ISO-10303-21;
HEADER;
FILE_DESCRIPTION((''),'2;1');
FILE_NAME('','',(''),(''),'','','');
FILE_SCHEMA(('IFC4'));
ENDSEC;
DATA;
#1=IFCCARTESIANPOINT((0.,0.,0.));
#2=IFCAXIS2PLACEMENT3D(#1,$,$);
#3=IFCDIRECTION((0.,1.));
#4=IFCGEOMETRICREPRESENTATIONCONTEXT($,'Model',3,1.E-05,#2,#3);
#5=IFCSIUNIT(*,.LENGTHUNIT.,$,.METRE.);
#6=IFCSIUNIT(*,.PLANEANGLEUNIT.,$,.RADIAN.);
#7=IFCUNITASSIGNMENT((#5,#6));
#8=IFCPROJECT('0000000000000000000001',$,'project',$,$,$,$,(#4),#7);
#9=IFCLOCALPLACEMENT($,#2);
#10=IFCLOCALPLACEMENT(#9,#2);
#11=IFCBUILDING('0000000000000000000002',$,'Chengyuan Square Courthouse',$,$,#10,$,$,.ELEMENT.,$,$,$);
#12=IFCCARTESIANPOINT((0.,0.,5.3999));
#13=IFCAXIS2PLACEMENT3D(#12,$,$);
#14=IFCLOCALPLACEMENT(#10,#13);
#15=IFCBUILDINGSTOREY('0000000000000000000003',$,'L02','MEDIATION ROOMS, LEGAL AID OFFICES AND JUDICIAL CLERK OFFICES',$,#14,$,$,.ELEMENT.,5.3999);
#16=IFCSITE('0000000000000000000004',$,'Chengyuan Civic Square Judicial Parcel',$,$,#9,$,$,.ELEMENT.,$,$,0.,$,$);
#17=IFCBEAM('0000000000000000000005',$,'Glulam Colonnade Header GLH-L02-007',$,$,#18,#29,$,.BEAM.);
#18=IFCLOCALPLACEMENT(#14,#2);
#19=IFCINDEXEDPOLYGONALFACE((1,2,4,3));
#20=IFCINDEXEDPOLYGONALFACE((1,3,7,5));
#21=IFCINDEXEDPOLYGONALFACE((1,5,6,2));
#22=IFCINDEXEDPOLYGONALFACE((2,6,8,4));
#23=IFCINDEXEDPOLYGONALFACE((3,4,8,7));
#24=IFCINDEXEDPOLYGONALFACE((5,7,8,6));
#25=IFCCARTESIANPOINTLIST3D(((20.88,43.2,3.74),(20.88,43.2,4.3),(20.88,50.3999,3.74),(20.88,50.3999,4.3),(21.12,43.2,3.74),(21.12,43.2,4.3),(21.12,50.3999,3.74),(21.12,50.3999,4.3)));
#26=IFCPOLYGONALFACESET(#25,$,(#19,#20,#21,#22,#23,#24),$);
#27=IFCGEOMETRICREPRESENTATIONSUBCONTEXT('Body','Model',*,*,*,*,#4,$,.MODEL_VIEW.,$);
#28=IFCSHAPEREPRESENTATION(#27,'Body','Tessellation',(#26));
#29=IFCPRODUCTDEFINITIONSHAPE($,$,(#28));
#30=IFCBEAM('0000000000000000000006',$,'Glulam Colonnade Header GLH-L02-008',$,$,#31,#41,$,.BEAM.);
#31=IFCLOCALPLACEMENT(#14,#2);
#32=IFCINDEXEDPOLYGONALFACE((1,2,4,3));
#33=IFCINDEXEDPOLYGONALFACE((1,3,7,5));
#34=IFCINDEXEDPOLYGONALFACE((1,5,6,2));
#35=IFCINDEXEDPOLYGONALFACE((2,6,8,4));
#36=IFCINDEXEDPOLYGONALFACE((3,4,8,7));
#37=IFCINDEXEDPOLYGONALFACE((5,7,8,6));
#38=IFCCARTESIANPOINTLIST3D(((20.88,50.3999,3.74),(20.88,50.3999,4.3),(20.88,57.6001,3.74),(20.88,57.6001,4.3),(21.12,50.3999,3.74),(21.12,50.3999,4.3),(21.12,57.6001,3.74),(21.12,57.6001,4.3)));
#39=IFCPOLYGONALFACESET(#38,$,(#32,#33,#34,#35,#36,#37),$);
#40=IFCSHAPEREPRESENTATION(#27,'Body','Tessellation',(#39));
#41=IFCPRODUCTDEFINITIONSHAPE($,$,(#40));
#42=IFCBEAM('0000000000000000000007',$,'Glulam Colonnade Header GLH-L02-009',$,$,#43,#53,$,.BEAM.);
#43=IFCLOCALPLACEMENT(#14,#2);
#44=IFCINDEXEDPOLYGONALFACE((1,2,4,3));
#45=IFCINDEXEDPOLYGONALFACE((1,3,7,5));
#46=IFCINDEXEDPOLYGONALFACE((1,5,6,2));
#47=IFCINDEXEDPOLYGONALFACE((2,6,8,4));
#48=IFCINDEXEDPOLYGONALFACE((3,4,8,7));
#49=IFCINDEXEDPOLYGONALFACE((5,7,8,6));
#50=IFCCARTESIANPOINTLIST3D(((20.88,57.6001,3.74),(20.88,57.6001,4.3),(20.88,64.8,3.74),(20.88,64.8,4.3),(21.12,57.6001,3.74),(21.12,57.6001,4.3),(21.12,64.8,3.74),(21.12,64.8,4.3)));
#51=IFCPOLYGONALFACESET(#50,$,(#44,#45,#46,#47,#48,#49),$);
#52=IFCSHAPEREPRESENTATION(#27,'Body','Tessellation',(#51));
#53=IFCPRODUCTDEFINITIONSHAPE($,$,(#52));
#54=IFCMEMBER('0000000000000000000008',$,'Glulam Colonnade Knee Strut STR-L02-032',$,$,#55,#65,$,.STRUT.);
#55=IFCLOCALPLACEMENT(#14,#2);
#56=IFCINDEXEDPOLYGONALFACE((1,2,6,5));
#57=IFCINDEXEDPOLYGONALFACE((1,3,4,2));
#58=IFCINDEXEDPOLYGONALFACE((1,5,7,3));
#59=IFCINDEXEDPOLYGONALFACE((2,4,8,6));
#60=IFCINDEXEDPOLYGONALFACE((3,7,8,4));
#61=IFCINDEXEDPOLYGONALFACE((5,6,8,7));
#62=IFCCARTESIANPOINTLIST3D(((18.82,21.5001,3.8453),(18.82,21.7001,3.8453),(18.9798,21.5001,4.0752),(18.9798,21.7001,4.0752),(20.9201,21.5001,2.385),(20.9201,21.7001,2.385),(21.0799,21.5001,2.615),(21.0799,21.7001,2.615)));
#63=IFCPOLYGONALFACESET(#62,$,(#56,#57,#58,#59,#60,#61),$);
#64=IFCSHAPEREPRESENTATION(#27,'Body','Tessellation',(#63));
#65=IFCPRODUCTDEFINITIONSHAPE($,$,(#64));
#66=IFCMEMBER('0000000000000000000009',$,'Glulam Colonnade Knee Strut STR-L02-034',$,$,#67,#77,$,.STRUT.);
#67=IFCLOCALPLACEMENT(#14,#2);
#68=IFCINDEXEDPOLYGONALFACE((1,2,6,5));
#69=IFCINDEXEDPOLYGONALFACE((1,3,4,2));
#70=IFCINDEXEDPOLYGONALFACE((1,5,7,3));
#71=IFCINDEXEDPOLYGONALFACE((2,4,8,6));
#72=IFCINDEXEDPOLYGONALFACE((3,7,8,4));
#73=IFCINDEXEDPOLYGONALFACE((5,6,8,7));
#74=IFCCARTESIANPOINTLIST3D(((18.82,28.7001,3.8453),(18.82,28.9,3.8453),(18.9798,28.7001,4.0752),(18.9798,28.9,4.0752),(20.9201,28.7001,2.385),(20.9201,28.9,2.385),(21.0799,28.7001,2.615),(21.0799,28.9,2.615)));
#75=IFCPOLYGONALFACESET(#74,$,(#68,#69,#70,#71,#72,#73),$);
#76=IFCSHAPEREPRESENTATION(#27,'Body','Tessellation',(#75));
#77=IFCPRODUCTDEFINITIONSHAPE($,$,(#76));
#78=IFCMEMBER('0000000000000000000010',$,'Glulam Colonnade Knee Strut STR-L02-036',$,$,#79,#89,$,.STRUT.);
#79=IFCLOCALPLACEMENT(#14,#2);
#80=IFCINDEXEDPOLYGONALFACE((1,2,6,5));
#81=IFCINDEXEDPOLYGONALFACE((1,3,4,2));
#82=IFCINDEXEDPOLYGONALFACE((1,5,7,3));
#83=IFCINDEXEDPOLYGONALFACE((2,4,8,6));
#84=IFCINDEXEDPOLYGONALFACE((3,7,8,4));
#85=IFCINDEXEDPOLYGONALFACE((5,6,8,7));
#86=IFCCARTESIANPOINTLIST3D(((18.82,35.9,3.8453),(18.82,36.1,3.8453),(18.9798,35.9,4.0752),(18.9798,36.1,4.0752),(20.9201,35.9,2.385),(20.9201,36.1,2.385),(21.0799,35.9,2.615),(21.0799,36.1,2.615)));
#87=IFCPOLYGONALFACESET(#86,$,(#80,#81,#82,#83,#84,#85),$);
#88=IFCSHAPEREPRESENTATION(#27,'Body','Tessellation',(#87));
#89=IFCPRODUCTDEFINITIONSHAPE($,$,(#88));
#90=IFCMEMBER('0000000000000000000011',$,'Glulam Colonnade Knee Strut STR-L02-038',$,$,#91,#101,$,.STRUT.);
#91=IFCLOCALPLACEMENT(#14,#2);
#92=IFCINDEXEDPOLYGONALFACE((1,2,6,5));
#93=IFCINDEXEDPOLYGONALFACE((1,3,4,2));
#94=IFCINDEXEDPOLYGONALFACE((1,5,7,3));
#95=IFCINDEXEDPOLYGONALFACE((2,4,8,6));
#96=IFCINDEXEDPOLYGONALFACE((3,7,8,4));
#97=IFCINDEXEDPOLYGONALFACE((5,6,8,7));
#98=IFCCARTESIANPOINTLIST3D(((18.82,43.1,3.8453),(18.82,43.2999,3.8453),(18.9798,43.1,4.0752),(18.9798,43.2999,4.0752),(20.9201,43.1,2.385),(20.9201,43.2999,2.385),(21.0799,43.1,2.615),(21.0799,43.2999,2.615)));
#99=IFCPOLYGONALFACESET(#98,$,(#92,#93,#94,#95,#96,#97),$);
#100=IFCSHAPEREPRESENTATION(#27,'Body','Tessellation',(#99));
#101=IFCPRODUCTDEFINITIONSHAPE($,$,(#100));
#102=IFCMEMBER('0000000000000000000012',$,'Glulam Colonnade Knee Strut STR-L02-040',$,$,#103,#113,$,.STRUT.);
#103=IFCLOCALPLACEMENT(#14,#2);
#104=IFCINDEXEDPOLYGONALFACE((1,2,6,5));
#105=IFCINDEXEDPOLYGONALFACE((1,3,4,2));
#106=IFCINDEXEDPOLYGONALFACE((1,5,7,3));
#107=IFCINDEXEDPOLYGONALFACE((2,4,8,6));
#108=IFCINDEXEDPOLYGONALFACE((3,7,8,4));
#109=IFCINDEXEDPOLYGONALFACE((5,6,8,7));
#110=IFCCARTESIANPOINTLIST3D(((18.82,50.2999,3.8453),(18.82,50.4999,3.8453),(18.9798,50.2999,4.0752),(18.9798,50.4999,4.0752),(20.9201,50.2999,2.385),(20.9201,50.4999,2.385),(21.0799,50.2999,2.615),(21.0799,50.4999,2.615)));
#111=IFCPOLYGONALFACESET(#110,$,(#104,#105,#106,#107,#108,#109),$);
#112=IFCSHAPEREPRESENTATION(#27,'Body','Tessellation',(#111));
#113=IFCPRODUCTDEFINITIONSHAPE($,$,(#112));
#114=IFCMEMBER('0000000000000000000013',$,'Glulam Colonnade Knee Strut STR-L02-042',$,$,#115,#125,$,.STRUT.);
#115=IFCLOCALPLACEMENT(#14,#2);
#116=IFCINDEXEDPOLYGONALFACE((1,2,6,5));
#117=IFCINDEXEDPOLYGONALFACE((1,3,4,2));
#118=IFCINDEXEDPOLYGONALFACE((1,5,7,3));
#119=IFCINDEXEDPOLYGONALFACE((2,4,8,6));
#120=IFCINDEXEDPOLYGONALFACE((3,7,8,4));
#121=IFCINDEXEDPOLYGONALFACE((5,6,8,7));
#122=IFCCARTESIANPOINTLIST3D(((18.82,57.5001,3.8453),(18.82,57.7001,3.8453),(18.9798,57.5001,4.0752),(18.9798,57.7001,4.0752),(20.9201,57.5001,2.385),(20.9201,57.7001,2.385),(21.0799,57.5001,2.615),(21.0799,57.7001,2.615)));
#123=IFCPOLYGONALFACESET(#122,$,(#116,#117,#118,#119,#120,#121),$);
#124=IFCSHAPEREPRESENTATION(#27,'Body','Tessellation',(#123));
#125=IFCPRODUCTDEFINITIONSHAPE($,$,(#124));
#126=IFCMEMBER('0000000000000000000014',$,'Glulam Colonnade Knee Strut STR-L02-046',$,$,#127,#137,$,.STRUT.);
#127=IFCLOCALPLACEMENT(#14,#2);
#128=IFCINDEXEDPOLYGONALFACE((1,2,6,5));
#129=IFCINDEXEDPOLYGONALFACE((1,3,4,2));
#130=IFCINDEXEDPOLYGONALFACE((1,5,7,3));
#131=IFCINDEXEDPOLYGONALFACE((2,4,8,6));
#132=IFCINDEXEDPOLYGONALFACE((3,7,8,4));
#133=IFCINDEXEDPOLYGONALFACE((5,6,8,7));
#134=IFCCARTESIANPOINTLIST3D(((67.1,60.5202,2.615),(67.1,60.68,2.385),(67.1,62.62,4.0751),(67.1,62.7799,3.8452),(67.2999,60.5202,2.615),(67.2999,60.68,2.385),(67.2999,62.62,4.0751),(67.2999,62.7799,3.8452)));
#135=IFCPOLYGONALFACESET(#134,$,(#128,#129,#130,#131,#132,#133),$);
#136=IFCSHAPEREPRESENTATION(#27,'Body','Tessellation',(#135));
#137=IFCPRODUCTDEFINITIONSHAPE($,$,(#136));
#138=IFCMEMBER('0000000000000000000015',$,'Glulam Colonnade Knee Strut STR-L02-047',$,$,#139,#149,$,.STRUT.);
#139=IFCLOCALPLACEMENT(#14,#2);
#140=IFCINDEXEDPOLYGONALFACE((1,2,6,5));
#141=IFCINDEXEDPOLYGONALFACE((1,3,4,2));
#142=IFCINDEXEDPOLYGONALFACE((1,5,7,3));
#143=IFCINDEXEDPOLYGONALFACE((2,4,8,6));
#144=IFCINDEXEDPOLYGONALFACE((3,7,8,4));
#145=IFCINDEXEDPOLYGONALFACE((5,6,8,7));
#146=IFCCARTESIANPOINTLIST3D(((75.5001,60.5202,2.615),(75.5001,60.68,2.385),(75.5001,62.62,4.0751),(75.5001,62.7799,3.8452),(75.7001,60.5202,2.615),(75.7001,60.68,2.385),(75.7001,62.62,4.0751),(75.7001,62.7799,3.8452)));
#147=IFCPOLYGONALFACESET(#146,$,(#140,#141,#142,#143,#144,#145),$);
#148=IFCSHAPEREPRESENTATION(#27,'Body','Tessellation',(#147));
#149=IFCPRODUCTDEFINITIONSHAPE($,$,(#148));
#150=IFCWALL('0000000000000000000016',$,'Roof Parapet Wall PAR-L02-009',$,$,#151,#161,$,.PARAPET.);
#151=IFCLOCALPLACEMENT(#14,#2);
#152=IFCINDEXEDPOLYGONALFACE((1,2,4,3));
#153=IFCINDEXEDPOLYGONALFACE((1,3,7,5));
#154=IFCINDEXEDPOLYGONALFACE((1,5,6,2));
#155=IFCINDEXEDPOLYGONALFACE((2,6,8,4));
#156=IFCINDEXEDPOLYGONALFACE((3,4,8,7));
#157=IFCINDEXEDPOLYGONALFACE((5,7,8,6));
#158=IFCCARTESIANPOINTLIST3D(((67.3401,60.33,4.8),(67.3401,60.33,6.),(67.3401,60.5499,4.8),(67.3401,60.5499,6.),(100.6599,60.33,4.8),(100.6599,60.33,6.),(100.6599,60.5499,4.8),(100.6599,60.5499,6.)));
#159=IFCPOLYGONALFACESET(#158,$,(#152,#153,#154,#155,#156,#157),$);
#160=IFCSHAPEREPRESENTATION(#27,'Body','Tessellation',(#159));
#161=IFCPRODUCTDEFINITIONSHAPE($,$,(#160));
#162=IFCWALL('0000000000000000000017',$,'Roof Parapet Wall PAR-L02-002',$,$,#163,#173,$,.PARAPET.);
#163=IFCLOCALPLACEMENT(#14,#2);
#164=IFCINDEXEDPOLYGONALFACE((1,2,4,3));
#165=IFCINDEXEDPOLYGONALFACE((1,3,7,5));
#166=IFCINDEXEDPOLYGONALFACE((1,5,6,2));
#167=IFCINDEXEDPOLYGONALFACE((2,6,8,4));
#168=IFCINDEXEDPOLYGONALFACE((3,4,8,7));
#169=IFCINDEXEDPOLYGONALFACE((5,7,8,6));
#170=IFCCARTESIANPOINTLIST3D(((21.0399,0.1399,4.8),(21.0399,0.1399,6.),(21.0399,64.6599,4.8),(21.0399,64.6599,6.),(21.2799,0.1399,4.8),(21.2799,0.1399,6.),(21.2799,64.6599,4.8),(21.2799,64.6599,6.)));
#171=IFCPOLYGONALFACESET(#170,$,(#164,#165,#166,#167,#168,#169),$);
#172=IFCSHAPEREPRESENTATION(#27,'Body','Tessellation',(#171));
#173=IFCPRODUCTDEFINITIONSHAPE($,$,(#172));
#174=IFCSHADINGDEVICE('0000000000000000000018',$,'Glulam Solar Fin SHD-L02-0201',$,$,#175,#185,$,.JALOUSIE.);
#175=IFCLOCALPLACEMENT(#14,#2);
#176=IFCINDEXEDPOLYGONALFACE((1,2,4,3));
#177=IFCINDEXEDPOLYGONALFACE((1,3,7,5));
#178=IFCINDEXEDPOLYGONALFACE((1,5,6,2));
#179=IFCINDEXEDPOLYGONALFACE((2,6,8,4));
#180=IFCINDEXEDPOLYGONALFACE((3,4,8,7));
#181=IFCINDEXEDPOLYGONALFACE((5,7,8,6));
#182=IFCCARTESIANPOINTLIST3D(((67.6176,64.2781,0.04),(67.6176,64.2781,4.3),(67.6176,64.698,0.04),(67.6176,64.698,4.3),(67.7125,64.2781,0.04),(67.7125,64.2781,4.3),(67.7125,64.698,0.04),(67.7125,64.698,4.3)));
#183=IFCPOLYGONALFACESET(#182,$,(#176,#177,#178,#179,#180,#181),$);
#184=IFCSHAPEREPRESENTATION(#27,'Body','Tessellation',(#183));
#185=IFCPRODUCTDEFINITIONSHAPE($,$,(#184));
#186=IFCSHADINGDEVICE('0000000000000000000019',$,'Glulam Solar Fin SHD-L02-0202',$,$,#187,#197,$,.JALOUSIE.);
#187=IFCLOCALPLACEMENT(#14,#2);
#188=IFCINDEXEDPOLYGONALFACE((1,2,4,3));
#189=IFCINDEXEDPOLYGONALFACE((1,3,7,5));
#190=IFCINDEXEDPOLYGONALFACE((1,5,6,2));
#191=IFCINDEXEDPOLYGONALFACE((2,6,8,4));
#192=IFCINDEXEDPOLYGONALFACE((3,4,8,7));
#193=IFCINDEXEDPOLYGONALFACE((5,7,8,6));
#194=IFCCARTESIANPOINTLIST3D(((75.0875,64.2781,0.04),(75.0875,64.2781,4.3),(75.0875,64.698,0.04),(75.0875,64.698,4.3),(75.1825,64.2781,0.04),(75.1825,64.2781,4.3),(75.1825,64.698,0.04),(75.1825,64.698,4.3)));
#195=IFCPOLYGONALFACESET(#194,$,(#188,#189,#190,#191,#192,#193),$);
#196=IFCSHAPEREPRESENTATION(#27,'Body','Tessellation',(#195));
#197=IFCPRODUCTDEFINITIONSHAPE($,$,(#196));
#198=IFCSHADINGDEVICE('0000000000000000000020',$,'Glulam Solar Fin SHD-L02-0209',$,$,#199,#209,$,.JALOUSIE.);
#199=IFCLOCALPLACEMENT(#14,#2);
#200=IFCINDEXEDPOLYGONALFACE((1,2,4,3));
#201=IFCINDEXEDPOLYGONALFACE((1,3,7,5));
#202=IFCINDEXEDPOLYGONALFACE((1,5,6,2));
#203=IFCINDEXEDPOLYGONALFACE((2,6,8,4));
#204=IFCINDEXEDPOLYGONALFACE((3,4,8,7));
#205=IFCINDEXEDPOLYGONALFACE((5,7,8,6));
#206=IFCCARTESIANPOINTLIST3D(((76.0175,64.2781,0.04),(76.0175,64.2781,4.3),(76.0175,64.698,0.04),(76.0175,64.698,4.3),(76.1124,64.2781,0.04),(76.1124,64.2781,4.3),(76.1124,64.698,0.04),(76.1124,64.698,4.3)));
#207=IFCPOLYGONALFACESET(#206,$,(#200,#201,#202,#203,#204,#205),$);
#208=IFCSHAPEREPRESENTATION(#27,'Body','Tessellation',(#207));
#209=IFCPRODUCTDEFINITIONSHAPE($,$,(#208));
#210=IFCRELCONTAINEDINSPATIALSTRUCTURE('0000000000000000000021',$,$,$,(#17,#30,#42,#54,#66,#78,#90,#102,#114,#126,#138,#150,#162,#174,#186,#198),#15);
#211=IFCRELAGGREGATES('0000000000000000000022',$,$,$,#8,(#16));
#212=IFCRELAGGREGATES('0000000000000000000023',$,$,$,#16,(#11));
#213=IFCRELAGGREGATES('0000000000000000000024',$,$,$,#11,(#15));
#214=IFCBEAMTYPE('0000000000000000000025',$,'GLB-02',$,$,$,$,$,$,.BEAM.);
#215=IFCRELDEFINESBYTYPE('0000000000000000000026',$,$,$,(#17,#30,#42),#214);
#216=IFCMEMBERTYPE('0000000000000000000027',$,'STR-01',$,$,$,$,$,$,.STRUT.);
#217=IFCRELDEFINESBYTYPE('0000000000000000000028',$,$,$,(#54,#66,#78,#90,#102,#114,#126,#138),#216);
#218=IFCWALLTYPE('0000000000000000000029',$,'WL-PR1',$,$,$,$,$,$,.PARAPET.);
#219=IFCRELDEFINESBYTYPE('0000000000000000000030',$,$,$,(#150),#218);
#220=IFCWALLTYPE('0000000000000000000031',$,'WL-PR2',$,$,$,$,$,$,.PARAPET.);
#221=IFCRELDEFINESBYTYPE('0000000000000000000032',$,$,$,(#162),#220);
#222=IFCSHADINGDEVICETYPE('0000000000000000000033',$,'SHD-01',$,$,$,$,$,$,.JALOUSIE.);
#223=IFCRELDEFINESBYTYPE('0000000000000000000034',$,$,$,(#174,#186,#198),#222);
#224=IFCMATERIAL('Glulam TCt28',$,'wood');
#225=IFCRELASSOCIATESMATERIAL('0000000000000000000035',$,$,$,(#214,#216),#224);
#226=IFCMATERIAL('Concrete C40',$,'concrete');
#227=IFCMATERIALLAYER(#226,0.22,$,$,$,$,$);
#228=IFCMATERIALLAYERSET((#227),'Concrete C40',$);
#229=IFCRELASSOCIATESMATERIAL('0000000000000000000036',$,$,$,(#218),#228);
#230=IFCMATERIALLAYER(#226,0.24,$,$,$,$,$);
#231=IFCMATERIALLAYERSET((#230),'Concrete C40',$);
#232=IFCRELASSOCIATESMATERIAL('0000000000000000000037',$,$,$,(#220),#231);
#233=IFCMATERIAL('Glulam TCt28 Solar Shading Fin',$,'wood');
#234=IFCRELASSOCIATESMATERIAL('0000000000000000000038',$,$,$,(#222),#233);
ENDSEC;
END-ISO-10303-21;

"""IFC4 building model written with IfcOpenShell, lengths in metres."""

from ifc_helpers import new_model, si_unit, direction, frame, frame_2d, origin, origin_2d, place, context, subcontext, project, spatial, rectangle, extrude, material, layer, layer_set, material_profile, profile_set, type_object, element, save


model = new_model("IFC4")

# Units and contexts
model_context = context("Model", 3, precision=1e-05, world=origin(), true_north=direction((0.0, 1.0)))
body_context = subcontext(model_context, "Body", "Model", "MODEL_VIEW")
ifc_project = project(units=[si_unit("LENGTHUNIT", "METRE"), si_unit("PLANEANGLEUNIT", "RADIAN")], contexts=[model_context])

# Site, building, storey
site_placement = place(None, origin())
site = spatial("IfcSite", under=ifc_project, at=site_placement, Name="Chengyuan Civic Square Judicial Parcel", CompositionType="ELEMENT", RefElevation=0.0)
building_placement = place(site_placement, origin())
building = spatial("IfcBuilding", under=site, at=building_placement, Name="Chengyuan Square Courthouse", CompositionType="ELEMENT")
storey_placement = place(building_placement, frame((0.0, 0.0, 5.3999)))
storey = spatial("IfcBuildingStorey", under=building, at=storey_placement, Name="L02", Description="MEDIATION ROOMS, LEGAL AID OFFICES AND JUDICIAL CLERK OFFICES", CompositionType="ELEMENT", Elevation=5.3999)

# Shared definitions
ifc_material_1 = material(Name="Glulam TCt28", Category="wood")

# Beams
ifc_material_profile_1 = material_profile(ifc_material_1, rectangle(XDim=0.24, YDim=0.5601, at=origin_2d()), Name="GL-BM-240x560")
ifc_profile_set_1 = profile_set([ifc_material_profile_1], Name="Glulam TCt28")
beam_type = type_object("IfcBeamType", Name="GLB-02", PredefinedType="BEAM", material=ifc_profile_set_1)
for number, where, z_axis, x_axis, name in (
    (1, (21.0, 43.2, 4.02), (0.0, 1.0, 0.0), (-1.0, 0.0, 0.0), "Glulam Colonnade Header GLH-L02-007"),
):
    element("IfcBeam", number, at=place(storey_placement, frame(where, z_axis=z_axis, x_axis=x_axis)), inside=storey, type_object=beam_type, Name=name, PredefinedType="BEAM", context=body_context, shape_type="SweptSolid", body=[
        extrude(rectangle(XDim=0.24, YDim=0.5601, at=origin_2d()), origin(), (0.0, 0.0, 1.0), 7.2),
    ])
beam_1_placement = place(storey_placement, frame((21.0, 50.3999, 4.02), z_axis=(0.0, 1.0, 0.0), x_axis=(-1.0, 0.0, 0.0)))
element("IfcBeam", 2, at=beam_1_placement, inside=storey, type_object=beam_type, Name="Glulam Colonnade Header GLH-L02-008", PredefinedType="BEAM", context=body_context, shape_type="SweptSolid", body=[
    extrude(rectangle(XDim=0.24, YDim=0.5601, at=origin_2d()), origin(), (0.0, 0.0, 1.0), 7.2002),
])
beam_2_placement = place(storey_placement, frame((21.0, 57.6001, 4.02), z_axis=(0.0, 1.0, 0.0), x_axis=(-1.0, 0.0, 0.0)))
element("IfcBeam", 3, at=beam_2_placement, inside=storey, type_object=beam_type, Name="Glulam Colonnade Header GLH-L02-009", PredefinedType="BEAM", context=body_context, shape_type="SweptSolid", body=[
    extrude(rectangle(XDim=0.24, YDim=0.5601, at=origin_2d()), origin(), (0.0, 0.0, 1.0), 7.2),
])

# Members
ifc_material_profile_2 = material_profile(ifc_material_1, rectangle(XDim=0.2, YDim=0.28, at=origin_2d()), Name="GL-STR-200x280")
ifc_profile_set_2 = profile_set([ifc_material_profile_2], Name="Glulam TCt28")
member_type_1 = type_object("IfcMemberType", Name="STR-01", PredefinedType="STRUT", material=ifc_profile_set_2)
for number, where, z_axis, x_axis, name in (
    (4, (21.0, 21.6001, 2.5), (-0.821039, 0.0, 0.570872), (0.0, -1.0, 0.0), "Glulam Colonnade Knee Strut STR-L02-032"),
    (5, (21.0, 28.8, 2.5), (-0.821039, 0.0, 0.570872), (0.0, -1.0, 0.0), "Glulam Colonnade Knee Strut STR-L02-034"),
    (6, (21.0, 36.0, 2.5), (-0.821039, 0.0, 0.570872), (0.0, -1.0, 0.0), "Glulam Colonnade Knee Strut STR-L02-036"),
    (7, (21.0, 43.2, 2.5), (-0.821039, 0.0, 0.570872), (0.0, -1.0, 0.0), "Glulam Colonnade Knee Strut STR-L02-038"),
    (8, (21.0, 50.3999, 2.5), (-0.821039, 0.0, 0.570872), (0.0, -1.0, 0.0), "Glulam Colonnade Knee Strut STR-L02-040"),
    (9, (21.0, 57.6001, 2.5), (-0.821039, 0.0, 0.570872), (0.0, -1.0, 0.0), "Glulam Colonnade Knee Strut STR-L02-042"),
):
    element("IfcMember", number, at=place(storey_placement, frame(where, z_axis=z_axis, x_axis=x_axis)), inside=storey, type_object=member_type_1, Name=name, PredefinedType="STRUT", context=body_context, shape_type="SweptSolid", body=[
        extrude(rectangle(XDim=0.2, YDim=0.28, at=origin_2d()), origin(), (0.0, 0.0, 1.0), 2.5579),
    ])
for number, where, z_axis, x_axis, name in (
    (10, (67.2, 60.6001, 2.5), (0.0, 0.821008, 0.570916), (-1.0, 0.0, 0.0), "Glulam Colonnade Knee Strut STR-L02-046"),
    (11, (75.6001, 60.6001, 2.5), (0.0, 0.821008, 0.570916), (-1.0, 0.0, 0.0), "Glulam Colonnade Knee Strut STR-L02-047"),
):
    element("IfcMember", number, at=place(storey_placement, frame(where, z_axis=z_axis, x_axis=x_axis)), inside=storey, type_object=member_type_1, Name=name, PredefinedType="STRUT", context=body_context, shape_type="SweptSolid", body=[
        extrude(rectangle(XDim=0.2, YDim=0.28, at=origin_2d()), origin(), (0.0, 0.0, 1.0), 2.5576),
    ])

# Walls
ifc_material_2 = material(Name="Concrete C40", Category="concrete")
ifc_layer_1 = layer(ifc_material_2, 0.22)
ifc_layer_set_1 = layer_set([ifc_layer_1], Name="Concrete C40")
wall_type_1 = type_object("IfcWallType", Name="WL-PR1", PredefinedType="PARAPET", material=ifc_layer_set_1)
wall_1_placement = place(storey_placement, frame((67.3401, 60.4399, 4.8), z_axis=(0.0, 0.0, 1.0), x_axis=(1.0, 0.0, 0.0)))
element("IfcWall", 12, at=wall_1_placement, inside=storey, type_object=wall_type_1, Name="Roof Parapet Wall PAR-L02-009", PredefinedType="PARAPET", context=body_context, shape_type="SweptSolid", body=[
    extrude(rectangle(XDim=33.3198, YDim=0.22, at=frame_2d((16.6599, 0.0))), origin(), (0.0, 0.0, 1.0), 1.2),
])
ifc_layer_2 = layer(ifc_material_2, 0.24)
ifc_layer_set_2 = layer_set([ifc_layer_2], Name="Concrete C40")
wall_type_2 = type_object("IfcWallType", Name="WL-PR2", PredefinedType="PARAPET", material=ifc_layer_set_2)
wall_2_placement = place(storey_placement, frame((21.1599, 0.1399, 4.8), z_axis=(0.0, 0.0, 1.0), x_axis=(0.0, 1.0, 0.0)))
element("IfcWall", 13, at=wall_2_placement, inside=storey, type_object=wall_type_2, Name="Roof Parapet Wall PAR-L02-002", PredefinedType="PARAPET", context=body_context, shape_type="SweptSolid", body=[
    extrude(rectangle(XDim=64.52, YDim=0.24, at=frame_2d((32.26, 0.0))), origin(), (0.0, 0.0, 1.0), 1.2),
])

# Shading devices
ifc_material_3 = material(Name="Glulam TCt28 Solar Shading Fin", Category="wood")
shading_device_type_1 = type_object("IfcShadingDeviceType", Name="SHD-01", PredefinedType="JALOUSIE", material=ifc_material_3)
for number, where, z_axis, x_axis, name in (
    (14, (67.665, 64.488, 0.04), (0.0, 0.0, 1.0), (0.0, 1.0, 0.0), "Glulam Solar Fin SHD-L02-0201"),
    (15, (75.135, 64.488, 0.04), (0.0, 0.0, 1.0), (0.0, 1.0, 0.0), "Glulam Solar Fin SHD-L02-0202"),
    (16, (76.0649, 64.488, 0.04), (0.0, 0.0, 1.0), (0.0, 1.0, 0.0), "Glulam Solar Fin SHD-L02-0209"),
):
    element("IfcShadingDevice", number, at=place(storey_placement, frame(where, z_axis=z_axis, x_axis=x_axis)), inside=storey, type_object=shading_device_type_1, Name=name, PredefinedType="JALOUSIE", context=body_context, shape_type="SweptSolid", body=[
        extrude(rectangle(XDim=0.4199, YDim=0.095, at=origin_2d()), origin(), (0.0, 0.0, 1.0), 4.26),
    ])

save(model, "model.ifc")
